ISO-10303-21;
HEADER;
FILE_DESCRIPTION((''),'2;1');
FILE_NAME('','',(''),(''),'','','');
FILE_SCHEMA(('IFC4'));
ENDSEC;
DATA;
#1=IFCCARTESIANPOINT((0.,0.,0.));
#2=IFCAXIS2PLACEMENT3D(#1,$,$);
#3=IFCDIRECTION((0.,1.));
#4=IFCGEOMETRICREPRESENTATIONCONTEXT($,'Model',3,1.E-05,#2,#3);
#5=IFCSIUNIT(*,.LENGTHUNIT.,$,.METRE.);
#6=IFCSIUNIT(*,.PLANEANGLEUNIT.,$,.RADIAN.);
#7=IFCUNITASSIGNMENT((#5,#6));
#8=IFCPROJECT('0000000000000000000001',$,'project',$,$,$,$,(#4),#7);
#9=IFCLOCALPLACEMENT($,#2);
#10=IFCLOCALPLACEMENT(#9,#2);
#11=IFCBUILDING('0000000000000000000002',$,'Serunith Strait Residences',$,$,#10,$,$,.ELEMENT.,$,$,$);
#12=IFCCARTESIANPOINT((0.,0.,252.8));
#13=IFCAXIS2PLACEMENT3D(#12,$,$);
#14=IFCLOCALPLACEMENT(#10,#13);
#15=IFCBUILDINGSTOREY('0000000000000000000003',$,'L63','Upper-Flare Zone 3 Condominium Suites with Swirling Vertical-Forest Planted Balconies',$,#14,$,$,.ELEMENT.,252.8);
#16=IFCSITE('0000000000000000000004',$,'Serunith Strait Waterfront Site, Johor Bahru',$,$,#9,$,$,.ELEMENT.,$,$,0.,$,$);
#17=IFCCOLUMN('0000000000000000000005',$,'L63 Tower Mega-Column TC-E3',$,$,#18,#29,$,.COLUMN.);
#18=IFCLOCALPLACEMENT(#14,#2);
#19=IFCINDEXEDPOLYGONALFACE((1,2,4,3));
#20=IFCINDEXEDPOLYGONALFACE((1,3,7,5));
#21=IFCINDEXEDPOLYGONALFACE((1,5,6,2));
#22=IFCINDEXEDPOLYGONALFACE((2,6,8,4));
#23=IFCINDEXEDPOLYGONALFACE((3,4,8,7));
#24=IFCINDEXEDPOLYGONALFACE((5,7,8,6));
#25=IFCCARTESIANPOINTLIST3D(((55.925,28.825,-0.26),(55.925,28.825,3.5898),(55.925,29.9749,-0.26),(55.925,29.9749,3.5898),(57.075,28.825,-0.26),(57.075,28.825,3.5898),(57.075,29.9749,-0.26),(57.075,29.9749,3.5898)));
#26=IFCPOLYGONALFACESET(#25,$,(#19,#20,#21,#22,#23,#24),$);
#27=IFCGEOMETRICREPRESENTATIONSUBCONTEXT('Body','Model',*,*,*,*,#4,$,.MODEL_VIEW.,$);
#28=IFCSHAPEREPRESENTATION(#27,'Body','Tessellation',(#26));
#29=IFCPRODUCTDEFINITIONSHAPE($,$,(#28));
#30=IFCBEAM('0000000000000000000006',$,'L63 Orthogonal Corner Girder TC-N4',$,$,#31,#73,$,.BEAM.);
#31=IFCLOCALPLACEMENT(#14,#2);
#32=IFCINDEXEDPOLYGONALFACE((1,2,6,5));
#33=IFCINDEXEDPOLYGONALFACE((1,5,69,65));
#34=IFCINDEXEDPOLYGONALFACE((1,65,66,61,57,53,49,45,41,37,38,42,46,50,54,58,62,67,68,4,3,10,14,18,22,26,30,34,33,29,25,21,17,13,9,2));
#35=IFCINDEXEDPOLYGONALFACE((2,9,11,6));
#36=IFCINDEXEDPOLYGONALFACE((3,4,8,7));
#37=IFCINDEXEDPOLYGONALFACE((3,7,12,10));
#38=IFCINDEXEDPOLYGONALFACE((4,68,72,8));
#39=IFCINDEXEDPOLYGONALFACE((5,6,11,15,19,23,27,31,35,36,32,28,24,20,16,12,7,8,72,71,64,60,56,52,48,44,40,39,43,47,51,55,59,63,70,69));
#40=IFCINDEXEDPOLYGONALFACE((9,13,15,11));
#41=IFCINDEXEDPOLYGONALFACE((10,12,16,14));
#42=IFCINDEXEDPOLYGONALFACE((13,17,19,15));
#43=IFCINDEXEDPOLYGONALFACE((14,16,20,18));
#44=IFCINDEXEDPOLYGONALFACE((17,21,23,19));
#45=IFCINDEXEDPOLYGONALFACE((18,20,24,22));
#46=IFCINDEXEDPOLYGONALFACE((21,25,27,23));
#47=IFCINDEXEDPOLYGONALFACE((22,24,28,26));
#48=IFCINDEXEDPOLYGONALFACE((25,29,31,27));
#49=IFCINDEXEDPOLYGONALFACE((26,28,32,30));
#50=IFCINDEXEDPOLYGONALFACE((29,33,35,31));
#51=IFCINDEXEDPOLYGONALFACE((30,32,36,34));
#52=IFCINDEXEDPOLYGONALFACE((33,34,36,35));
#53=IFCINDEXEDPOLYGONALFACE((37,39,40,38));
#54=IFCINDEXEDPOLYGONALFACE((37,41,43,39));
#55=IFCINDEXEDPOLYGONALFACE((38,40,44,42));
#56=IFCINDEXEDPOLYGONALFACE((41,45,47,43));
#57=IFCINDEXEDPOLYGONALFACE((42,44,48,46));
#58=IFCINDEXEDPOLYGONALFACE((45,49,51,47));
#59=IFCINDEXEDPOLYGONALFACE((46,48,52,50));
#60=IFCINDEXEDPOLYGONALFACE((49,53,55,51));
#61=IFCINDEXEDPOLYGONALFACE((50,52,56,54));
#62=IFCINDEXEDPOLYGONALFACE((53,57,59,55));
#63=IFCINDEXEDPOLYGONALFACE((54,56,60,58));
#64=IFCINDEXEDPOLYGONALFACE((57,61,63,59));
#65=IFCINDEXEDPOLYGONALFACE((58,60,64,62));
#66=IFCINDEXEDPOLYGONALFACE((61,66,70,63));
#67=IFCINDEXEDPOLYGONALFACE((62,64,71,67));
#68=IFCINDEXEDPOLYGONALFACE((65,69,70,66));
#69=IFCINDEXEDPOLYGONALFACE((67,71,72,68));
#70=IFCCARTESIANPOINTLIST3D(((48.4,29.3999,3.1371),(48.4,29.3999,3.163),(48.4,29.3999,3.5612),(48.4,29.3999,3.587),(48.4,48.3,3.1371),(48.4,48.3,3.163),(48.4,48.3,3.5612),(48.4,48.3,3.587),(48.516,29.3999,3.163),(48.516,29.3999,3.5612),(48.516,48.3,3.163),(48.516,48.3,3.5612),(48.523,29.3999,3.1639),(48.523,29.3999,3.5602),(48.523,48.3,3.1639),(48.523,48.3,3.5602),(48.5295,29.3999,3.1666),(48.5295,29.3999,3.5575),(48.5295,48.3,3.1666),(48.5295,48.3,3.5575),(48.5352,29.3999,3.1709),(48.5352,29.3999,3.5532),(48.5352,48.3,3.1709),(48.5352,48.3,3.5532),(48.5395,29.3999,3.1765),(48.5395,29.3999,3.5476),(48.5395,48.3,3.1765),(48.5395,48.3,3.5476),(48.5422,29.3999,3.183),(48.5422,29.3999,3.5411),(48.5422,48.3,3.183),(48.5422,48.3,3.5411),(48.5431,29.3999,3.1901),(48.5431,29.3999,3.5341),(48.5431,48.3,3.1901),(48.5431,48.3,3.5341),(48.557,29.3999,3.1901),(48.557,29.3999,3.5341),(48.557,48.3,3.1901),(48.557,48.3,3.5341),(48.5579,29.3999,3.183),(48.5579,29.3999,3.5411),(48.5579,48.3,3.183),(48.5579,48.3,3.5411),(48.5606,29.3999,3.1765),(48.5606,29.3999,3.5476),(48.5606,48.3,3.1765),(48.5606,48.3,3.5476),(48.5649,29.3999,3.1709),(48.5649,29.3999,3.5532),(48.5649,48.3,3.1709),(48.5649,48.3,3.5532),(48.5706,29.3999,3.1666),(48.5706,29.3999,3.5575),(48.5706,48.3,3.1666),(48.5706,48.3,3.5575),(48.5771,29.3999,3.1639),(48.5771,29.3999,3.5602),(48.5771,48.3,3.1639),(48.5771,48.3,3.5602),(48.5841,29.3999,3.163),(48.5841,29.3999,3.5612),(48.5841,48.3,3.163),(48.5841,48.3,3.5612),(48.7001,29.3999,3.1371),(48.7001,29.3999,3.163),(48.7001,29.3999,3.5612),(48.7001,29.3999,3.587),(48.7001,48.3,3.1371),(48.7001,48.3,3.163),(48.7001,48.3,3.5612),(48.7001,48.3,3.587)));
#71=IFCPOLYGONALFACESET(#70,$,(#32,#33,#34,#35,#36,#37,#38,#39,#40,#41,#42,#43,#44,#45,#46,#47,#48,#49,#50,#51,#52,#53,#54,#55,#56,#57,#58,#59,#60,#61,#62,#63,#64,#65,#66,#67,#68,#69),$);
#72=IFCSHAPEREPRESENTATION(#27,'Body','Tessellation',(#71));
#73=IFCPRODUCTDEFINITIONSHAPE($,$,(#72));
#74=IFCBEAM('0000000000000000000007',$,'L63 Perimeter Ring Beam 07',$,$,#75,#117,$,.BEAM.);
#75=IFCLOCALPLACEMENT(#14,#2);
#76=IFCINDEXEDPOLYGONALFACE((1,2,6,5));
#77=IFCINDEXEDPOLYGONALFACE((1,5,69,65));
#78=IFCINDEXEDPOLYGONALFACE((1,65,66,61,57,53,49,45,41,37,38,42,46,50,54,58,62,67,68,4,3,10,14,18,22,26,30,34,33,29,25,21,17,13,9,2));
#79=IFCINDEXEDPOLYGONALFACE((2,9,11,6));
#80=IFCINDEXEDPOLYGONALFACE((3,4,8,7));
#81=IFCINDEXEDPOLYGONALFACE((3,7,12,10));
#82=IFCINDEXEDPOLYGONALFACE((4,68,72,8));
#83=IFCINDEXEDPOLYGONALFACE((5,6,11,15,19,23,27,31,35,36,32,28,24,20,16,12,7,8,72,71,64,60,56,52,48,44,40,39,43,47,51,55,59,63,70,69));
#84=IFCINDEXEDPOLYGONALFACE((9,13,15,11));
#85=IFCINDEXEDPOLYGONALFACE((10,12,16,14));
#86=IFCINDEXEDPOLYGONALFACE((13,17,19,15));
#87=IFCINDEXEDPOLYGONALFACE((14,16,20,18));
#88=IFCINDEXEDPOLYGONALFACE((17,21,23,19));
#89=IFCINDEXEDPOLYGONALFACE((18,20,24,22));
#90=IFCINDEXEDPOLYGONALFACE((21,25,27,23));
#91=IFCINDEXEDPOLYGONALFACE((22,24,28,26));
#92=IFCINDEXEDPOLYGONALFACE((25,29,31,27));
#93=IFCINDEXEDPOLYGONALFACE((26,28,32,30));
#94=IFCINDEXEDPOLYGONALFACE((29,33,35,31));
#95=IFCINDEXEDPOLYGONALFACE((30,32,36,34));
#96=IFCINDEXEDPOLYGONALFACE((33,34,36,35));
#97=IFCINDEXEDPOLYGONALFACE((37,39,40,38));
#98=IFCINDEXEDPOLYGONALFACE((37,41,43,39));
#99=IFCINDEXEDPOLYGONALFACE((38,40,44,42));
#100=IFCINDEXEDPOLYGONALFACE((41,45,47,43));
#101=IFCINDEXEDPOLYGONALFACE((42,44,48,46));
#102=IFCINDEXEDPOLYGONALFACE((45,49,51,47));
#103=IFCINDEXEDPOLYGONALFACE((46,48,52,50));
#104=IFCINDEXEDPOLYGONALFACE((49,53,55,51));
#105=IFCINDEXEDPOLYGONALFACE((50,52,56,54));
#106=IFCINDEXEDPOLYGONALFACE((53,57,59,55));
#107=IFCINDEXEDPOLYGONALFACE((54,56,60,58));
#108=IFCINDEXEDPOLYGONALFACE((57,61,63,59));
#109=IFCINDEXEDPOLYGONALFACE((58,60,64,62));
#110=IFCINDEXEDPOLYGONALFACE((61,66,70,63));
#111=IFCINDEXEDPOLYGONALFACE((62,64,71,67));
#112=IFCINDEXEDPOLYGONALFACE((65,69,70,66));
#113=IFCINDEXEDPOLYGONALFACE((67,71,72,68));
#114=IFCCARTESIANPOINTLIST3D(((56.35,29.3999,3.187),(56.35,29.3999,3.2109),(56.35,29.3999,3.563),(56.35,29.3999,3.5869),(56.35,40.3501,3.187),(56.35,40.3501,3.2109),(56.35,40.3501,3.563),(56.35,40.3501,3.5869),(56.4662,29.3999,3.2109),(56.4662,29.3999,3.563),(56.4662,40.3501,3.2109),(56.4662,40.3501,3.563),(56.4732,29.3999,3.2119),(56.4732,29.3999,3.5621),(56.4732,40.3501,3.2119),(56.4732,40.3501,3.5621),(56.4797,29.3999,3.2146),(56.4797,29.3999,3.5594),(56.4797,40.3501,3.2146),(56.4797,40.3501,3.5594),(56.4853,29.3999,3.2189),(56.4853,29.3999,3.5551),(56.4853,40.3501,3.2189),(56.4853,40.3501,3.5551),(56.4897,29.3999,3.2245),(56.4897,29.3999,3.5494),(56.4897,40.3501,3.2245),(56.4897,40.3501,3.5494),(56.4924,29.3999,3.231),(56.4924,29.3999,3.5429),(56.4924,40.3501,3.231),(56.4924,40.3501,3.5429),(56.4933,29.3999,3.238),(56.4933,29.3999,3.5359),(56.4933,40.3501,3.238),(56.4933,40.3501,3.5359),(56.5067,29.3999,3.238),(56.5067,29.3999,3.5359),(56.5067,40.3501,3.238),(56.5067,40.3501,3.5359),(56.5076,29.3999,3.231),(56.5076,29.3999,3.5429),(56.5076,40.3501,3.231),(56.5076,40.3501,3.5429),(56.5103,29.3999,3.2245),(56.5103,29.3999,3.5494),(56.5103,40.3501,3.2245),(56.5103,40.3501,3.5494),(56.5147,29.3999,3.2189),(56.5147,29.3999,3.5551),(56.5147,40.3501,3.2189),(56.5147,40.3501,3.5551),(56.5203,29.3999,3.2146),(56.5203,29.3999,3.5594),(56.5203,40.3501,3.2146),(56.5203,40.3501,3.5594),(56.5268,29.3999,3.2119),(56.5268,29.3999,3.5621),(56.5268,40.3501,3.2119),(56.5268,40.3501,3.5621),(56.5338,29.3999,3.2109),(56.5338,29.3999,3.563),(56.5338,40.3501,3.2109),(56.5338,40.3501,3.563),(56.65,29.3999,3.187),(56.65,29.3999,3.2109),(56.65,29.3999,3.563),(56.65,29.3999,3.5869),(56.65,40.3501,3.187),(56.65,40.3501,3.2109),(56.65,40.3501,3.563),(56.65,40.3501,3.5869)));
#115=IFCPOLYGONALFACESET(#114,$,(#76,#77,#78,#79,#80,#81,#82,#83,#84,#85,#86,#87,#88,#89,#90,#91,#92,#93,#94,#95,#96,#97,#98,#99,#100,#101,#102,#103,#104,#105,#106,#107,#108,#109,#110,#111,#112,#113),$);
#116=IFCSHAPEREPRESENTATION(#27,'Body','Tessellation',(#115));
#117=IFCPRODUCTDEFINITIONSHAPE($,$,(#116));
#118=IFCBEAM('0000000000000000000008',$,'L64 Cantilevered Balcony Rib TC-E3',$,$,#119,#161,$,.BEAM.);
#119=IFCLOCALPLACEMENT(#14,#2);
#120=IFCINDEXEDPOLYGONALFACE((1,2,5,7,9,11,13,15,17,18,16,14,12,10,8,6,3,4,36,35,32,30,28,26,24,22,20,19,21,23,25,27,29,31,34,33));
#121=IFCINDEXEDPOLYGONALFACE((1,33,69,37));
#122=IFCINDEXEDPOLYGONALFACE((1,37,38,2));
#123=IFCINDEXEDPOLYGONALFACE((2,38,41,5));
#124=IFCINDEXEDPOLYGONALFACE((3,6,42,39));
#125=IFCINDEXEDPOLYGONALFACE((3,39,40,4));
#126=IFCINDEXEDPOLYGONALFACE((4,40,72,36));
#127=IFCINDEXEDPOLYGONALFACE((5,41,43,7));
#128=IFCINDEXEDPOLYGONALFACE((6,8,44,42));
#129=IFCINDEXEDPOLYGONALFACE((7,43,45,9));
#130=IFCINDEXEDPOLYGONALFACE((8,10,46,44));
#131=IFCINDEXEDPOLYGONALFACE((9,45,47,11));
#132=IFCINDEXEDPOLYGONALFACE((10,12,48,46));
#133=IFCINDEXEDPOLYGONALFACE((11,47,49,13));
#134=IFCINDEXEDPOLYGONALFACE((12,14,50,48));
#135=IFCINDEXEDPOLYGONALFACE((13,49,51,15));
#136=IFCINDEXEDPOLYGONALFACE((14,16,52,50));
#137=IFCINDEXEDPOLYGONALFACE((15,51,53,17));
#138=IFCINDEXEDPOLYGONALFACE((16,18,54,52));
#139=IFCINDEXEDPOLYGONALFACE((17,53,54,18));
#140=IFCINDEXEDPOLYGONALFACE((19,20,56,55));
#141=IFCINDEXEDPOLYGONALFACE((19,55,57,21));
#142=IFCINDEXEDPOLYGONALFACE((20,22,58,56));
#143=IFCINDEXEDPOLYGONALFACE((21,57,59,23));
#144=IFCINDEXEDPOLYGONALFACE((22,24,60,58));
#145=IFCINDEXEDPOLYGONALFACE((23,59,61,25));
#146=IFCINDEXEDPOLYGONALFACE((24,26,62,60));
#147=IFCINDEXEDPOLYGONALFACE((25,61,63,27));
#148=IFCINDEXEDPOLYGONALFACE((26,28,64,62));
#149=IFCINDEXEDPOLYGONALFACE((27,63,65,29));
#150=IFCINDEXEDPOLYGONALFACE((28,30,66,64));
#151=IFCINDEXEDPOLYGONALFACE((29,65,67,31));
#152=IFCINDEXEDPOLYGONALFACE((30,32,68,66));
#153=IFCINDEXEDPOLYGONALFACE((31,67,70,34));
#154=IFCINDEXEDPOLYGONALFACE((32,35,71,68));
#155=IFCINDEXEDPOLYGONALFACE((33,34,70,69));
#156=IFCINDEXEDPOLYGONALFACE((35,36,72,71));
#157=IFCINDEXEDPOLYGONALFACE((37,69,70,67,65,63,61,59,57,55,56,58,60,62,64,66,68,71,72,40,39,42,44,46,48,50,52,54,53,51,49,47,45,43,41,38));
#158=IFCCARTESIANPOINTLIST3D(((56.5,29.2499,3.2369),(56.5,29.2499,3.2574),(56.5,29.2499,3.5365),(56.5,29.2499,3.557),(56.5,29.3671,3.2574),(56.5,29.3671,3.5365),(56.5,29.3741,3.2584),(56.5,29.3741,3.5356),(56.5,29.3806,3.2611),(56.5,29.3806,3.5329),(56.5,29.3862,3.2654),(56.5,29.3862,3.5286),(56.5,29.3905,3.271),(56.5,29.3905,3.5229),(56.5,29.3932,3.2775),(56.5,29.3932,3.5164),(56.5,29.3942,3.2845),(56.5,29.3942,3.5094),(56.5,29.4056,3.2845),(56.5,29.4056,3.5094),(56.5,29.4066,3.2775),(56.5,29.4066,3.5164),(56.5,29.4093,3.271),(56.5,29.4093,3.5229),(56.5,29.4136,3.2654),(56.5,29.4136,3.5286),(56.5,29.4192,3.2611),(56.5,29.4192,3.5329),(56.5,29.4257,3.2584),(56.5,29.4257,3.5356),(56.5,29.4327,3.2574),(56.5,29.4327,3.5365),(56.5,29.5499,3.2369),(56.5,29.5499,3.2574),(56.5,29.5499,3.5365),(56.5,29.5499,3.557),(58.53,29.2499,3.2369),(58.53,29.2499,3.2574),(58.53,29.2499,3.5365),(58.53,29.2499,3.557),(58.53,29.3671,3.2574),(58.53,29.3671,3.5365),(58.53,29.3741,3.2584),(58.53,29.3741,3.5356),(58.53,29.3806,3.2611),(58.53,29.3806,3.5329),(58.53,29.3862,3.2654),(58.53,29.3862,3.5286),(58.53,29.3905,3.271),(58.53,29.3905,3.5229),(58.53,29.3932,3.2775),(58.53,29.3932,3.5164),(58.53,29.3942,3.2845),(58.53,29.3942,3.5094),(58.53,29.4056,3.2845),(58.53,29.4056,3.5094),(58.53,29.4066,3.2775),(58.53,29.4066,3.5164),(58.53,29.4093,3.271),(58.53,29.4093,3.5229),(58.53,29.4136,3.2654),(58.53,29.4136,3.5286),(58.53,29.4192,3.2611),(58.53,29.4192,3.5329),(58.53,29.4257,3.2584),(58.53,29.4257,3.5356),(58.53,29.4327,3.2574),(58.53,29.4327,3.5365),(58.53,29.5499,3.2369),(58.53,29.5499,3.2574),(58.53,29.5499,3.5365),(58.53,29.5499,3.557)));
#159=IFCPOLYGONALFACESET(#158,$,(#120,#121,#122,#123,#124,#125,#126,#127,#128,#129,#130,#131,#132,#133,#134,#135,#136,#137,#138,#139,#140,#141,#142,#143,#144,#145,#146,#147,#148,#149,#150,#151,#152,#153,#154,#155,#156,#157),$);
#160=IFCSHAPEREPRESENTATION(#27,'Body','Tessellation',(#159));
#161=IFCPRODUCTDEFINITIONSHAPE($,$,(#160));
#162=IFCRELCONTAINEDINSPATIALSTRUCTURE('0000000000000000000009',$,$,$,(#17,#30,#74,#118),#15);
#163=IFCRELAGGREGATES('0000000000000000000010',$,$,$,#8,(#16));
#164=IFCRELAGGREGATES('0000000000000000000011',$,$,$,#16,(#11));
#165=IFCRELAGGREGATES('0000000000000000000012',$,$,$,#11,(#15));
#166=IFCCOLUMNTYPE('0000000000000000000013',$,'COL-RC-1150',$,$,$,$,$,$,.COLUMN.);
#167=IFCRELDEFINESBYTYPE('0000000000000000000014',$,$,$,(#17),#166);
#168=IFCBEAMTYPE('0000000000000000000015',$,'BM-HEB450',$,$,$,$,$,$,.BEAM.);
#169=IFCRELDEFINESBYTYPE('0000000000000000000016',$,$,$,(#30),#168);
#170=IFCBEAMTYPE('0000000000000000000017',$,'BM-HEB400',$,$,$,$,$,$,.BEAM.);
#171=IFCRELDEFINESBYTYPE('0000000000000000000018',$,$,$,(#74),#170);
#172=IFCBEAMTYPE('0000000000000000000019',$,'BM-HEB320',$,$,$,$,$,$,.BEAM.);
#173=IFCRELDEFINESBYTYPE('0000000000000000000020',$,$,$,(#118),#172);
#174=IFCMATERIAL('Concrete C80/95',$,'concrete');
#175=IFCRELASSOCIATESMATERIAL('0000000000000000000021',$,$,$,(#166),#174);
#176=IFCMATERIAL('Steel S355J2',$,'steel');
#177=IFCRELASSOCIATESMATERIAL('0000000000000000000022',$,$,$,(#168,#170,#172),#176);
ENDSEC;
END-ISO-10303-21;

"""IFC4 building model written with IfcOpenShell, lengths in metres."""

from ifc_helpers import new_model, si_unit, direction, frame, origin, origin_2d, place, context, subcontext, project, spatial, rectangle, i_section, extrude, source, transform, mapped, material, material_profile, profile_set, type_object, element, save


model = new_model("IFC4")

# Units and contexts
model_context = context("Model", 3, precision=1e-05, world=origin(), true_north=direction((0.0, 1.0)))
body_context = subcontext(model_context, "Body", "Model", "MODEL_VIEW")
ifc_project = project(units=[si_unit("LENGTHUNIT", "METRE"), si_unit("PLANEANGLEUNIT", "RADIAN")], contexts=[model_context])

# Site, building, storey
site_placement = place(None, origin())
site = spatial("IfcSite", under=ifc_project, at=site_placement, Name="Serunith Strait Waterfront Site, Johor Bahru", CompositionType="ELEMENT", RefElevation=0.0)
building_placement = place(site_placement, origin())
building = spatial("IfcBuilding", under=site, at=building_placement, Name="Serunith Strait Residences", CompositionType="ELEMENT")
storey_placement = place(building_placement, frame((0.0, 0.0, 252.8)))
storey = spatial("IfcBuildingStorey", under=building, at=storey_placement, Name="L63", Description="Upper-Flare Zone 3 Condominium Suites with Swirling Vertical-Forest Planted Balconies", CompositionType="ELEMENT", Elevation=252.8)

# Column
ifc_material_1 = material(Name="Concrete C80/95", Category="concrete")
ifc_material_profile_1 = material_profile(ifc_material_1, rectangle(XDim=1.1499, YDim=1.1499, at=origin_2d()), Name="RC 1150x1150")
ifc_profile_set_1 = profile_set([ifc_material_profile_1], Name="Concrete C80/95")
column_type = type_object("IfcColumnType", Name="COL-RC-1150", PredefinedType="COLUMN", material=ifc_profile_set_1)
shared_shape_1 = source(origin(), body_context, "Body", "SweptSolid", [
    extrude(rectangle(XDim=1.1499, YDim=1.1499, at=origin_2d()), origin(), (0.0, 0.0, 1.0), 3.8499),
])
column_placement = place(storey_placement, frame((56.5, 29.3999, -0.26), z_axis=(0.0, 0.0, 1.0), x_axis=(1.0, 0.0, 0.0)))
element("IfcColumn", 1, at=column_placement, inside=storey, type_object=column_type, Name="L63 Tower Mega-Column TC-E3", PredefinedType="COLUMN", context=body_context, shape_type="MappedRepresentation", body=[
    mapped(shared_shape_1, transform((0.0, 0.0, 0.0), scale=1.0)),
])

# Beams
ifc_material_2 = material(Name="Steel S355J2", Category="steel")
ifc_material_profile_2 = material_profile(ifc_material_2, i_section(OverallWidth=0.3, OverallDepth=0.45, WebThickness=0.0139, FlangeThickness=0.0259, FilletRadius=0.0271, at=origin_2d()), Name="HEB 450")
ifc_profile_set_2 = profile_set([ifc_material_profile_2], Name="Steel S355J2")
beam_type_1 = type_object("IfcBeamType", Name="BM-HEB450", PredefinedType="BEAM", material=ifc_profile_set_2)
shared_shape_2 = source(origin(), body_context, "Body", "SweptSolid", [
    extrude(i_section(OverallWidth=0.3, OverallDepth=0.45, WebThickness=0.0139, FlangeThickness=0.0259, FilletRadius=0.0271, at=origin_2d()), origin(), (0.0, 0.0, 1.0), 18.9001),
])
beam_1_placement = place(storey_placement, frame((48.55, 29.3999, 3.3621), z_axis=(0.0, 1.0, 0.0), x_axis=(-1.0, 0.0, 0.0)))
element("IfcBeam", 2, at=beam_1_placement, inside=storey, type_object=beam_type_1, Name="L63 Orthogonal Corner Girder TC-N4", PredefinedType="BEAM", context=body_context, shape_type="MappedRepresentation", body=[
    mapped(shared_shape_2, transform((0.0, 0.0, 0.0), scale=1.0)),
])
ifc_material_profile_3 = material_profile(ifc_material_2, i_section(OverallWidth=0.3, OverallDepth=0.3999, WebThickness=0.0134, FlangeThickness=0.0239, FilletRadius=0.0271, at=origin_2d()), Name="HEB 400")
ifc_profile_set_3 = profile_set([ifc_material_profile_3], Name="Steel S355J2")
beam_type_2 = type_object("IfcBeamType", Name="BM-HEB400", PredefinedType="BEAM", material=ifc_profile_set_3)
shared_shape_3 = source(origin(), body_context, "Body", "SweptSolid", [
    extrude(i_section(OverallWidth=0.3, OverallDepth=0.3999, WebThickness=0.0134, FlangeThickness=0.0239, FilletRadius=0.0271, at=origin_2d()), origin(), (0.0, 0.0, 1.0), 10.9502),
])
beam_2_placement = place(storey_placement, frame((56.5, 29.3999, 3.387), z_axis=(0.0, 1.0, 0.0), x_axis=(-1.0, 0.0, 0.0)))
element("IfcBeam", 3, at=beam_2_placement, inside=storey, type_object=beam_type_2, Name="L63 Perimeter Ring Beam 07", PredefinedType="BEAM", context=body_context, shape_type="MappedRepresentation", body=[
    mapped(shared_shape_3, transform((0.0, 0.0, 0.0), scale=1.0)),
])
ifc_material_profile_4 = material_profile(ifc_material_2, i_section(OverallWidth=0.3, OverallDepth=0.3201, WebThickness=0.0115, FlangeThickness=0.0205, FilletRadius=0.0271, at=origin_2d()), Name="HEB 320")
ifc_profile_set_4 = profile_set([ifc_material_profile_4], Name="Steel S355J2")
beam_type_3 = type_object("IfcBeamType", Name="BM-HEB320", PredefinedType="BEAM", material=ifc_profile_set_4)
shared_shape_4 = source(origin(), body_context, "Body", "SweptSolid", [
    extrude(i_section(OverallWidth=0.3, OverallDepth=0.3201, WebThickness=0.0115, FlangeThickness=0.0205, FilletRadius=0.0271, at=origin_2d()), origin(), (0.0, 0.0, 1.0), 2.03),
])
beam_3_placement = place(storey_placement, frame((56.5, 29.3999, 3.397), z_axis=(1.0, 0.0, 0.0), x_axis=(0.0, 1.0, 0.0)))
element("IfcBeam", 4, at=beam_3_placement, inside=storey, type_object=beam_type_3, Name="L64 Cantilevered Balcony Rib TC-E3", PredefinedType="BEAM", context=body_context, shape_type="MappedRepresentation", body=[
    mapped(shared_shape_4, transform((0.0, 0.0, 0.0), scale=1.0)),
])

save(model, "model.ifc")
